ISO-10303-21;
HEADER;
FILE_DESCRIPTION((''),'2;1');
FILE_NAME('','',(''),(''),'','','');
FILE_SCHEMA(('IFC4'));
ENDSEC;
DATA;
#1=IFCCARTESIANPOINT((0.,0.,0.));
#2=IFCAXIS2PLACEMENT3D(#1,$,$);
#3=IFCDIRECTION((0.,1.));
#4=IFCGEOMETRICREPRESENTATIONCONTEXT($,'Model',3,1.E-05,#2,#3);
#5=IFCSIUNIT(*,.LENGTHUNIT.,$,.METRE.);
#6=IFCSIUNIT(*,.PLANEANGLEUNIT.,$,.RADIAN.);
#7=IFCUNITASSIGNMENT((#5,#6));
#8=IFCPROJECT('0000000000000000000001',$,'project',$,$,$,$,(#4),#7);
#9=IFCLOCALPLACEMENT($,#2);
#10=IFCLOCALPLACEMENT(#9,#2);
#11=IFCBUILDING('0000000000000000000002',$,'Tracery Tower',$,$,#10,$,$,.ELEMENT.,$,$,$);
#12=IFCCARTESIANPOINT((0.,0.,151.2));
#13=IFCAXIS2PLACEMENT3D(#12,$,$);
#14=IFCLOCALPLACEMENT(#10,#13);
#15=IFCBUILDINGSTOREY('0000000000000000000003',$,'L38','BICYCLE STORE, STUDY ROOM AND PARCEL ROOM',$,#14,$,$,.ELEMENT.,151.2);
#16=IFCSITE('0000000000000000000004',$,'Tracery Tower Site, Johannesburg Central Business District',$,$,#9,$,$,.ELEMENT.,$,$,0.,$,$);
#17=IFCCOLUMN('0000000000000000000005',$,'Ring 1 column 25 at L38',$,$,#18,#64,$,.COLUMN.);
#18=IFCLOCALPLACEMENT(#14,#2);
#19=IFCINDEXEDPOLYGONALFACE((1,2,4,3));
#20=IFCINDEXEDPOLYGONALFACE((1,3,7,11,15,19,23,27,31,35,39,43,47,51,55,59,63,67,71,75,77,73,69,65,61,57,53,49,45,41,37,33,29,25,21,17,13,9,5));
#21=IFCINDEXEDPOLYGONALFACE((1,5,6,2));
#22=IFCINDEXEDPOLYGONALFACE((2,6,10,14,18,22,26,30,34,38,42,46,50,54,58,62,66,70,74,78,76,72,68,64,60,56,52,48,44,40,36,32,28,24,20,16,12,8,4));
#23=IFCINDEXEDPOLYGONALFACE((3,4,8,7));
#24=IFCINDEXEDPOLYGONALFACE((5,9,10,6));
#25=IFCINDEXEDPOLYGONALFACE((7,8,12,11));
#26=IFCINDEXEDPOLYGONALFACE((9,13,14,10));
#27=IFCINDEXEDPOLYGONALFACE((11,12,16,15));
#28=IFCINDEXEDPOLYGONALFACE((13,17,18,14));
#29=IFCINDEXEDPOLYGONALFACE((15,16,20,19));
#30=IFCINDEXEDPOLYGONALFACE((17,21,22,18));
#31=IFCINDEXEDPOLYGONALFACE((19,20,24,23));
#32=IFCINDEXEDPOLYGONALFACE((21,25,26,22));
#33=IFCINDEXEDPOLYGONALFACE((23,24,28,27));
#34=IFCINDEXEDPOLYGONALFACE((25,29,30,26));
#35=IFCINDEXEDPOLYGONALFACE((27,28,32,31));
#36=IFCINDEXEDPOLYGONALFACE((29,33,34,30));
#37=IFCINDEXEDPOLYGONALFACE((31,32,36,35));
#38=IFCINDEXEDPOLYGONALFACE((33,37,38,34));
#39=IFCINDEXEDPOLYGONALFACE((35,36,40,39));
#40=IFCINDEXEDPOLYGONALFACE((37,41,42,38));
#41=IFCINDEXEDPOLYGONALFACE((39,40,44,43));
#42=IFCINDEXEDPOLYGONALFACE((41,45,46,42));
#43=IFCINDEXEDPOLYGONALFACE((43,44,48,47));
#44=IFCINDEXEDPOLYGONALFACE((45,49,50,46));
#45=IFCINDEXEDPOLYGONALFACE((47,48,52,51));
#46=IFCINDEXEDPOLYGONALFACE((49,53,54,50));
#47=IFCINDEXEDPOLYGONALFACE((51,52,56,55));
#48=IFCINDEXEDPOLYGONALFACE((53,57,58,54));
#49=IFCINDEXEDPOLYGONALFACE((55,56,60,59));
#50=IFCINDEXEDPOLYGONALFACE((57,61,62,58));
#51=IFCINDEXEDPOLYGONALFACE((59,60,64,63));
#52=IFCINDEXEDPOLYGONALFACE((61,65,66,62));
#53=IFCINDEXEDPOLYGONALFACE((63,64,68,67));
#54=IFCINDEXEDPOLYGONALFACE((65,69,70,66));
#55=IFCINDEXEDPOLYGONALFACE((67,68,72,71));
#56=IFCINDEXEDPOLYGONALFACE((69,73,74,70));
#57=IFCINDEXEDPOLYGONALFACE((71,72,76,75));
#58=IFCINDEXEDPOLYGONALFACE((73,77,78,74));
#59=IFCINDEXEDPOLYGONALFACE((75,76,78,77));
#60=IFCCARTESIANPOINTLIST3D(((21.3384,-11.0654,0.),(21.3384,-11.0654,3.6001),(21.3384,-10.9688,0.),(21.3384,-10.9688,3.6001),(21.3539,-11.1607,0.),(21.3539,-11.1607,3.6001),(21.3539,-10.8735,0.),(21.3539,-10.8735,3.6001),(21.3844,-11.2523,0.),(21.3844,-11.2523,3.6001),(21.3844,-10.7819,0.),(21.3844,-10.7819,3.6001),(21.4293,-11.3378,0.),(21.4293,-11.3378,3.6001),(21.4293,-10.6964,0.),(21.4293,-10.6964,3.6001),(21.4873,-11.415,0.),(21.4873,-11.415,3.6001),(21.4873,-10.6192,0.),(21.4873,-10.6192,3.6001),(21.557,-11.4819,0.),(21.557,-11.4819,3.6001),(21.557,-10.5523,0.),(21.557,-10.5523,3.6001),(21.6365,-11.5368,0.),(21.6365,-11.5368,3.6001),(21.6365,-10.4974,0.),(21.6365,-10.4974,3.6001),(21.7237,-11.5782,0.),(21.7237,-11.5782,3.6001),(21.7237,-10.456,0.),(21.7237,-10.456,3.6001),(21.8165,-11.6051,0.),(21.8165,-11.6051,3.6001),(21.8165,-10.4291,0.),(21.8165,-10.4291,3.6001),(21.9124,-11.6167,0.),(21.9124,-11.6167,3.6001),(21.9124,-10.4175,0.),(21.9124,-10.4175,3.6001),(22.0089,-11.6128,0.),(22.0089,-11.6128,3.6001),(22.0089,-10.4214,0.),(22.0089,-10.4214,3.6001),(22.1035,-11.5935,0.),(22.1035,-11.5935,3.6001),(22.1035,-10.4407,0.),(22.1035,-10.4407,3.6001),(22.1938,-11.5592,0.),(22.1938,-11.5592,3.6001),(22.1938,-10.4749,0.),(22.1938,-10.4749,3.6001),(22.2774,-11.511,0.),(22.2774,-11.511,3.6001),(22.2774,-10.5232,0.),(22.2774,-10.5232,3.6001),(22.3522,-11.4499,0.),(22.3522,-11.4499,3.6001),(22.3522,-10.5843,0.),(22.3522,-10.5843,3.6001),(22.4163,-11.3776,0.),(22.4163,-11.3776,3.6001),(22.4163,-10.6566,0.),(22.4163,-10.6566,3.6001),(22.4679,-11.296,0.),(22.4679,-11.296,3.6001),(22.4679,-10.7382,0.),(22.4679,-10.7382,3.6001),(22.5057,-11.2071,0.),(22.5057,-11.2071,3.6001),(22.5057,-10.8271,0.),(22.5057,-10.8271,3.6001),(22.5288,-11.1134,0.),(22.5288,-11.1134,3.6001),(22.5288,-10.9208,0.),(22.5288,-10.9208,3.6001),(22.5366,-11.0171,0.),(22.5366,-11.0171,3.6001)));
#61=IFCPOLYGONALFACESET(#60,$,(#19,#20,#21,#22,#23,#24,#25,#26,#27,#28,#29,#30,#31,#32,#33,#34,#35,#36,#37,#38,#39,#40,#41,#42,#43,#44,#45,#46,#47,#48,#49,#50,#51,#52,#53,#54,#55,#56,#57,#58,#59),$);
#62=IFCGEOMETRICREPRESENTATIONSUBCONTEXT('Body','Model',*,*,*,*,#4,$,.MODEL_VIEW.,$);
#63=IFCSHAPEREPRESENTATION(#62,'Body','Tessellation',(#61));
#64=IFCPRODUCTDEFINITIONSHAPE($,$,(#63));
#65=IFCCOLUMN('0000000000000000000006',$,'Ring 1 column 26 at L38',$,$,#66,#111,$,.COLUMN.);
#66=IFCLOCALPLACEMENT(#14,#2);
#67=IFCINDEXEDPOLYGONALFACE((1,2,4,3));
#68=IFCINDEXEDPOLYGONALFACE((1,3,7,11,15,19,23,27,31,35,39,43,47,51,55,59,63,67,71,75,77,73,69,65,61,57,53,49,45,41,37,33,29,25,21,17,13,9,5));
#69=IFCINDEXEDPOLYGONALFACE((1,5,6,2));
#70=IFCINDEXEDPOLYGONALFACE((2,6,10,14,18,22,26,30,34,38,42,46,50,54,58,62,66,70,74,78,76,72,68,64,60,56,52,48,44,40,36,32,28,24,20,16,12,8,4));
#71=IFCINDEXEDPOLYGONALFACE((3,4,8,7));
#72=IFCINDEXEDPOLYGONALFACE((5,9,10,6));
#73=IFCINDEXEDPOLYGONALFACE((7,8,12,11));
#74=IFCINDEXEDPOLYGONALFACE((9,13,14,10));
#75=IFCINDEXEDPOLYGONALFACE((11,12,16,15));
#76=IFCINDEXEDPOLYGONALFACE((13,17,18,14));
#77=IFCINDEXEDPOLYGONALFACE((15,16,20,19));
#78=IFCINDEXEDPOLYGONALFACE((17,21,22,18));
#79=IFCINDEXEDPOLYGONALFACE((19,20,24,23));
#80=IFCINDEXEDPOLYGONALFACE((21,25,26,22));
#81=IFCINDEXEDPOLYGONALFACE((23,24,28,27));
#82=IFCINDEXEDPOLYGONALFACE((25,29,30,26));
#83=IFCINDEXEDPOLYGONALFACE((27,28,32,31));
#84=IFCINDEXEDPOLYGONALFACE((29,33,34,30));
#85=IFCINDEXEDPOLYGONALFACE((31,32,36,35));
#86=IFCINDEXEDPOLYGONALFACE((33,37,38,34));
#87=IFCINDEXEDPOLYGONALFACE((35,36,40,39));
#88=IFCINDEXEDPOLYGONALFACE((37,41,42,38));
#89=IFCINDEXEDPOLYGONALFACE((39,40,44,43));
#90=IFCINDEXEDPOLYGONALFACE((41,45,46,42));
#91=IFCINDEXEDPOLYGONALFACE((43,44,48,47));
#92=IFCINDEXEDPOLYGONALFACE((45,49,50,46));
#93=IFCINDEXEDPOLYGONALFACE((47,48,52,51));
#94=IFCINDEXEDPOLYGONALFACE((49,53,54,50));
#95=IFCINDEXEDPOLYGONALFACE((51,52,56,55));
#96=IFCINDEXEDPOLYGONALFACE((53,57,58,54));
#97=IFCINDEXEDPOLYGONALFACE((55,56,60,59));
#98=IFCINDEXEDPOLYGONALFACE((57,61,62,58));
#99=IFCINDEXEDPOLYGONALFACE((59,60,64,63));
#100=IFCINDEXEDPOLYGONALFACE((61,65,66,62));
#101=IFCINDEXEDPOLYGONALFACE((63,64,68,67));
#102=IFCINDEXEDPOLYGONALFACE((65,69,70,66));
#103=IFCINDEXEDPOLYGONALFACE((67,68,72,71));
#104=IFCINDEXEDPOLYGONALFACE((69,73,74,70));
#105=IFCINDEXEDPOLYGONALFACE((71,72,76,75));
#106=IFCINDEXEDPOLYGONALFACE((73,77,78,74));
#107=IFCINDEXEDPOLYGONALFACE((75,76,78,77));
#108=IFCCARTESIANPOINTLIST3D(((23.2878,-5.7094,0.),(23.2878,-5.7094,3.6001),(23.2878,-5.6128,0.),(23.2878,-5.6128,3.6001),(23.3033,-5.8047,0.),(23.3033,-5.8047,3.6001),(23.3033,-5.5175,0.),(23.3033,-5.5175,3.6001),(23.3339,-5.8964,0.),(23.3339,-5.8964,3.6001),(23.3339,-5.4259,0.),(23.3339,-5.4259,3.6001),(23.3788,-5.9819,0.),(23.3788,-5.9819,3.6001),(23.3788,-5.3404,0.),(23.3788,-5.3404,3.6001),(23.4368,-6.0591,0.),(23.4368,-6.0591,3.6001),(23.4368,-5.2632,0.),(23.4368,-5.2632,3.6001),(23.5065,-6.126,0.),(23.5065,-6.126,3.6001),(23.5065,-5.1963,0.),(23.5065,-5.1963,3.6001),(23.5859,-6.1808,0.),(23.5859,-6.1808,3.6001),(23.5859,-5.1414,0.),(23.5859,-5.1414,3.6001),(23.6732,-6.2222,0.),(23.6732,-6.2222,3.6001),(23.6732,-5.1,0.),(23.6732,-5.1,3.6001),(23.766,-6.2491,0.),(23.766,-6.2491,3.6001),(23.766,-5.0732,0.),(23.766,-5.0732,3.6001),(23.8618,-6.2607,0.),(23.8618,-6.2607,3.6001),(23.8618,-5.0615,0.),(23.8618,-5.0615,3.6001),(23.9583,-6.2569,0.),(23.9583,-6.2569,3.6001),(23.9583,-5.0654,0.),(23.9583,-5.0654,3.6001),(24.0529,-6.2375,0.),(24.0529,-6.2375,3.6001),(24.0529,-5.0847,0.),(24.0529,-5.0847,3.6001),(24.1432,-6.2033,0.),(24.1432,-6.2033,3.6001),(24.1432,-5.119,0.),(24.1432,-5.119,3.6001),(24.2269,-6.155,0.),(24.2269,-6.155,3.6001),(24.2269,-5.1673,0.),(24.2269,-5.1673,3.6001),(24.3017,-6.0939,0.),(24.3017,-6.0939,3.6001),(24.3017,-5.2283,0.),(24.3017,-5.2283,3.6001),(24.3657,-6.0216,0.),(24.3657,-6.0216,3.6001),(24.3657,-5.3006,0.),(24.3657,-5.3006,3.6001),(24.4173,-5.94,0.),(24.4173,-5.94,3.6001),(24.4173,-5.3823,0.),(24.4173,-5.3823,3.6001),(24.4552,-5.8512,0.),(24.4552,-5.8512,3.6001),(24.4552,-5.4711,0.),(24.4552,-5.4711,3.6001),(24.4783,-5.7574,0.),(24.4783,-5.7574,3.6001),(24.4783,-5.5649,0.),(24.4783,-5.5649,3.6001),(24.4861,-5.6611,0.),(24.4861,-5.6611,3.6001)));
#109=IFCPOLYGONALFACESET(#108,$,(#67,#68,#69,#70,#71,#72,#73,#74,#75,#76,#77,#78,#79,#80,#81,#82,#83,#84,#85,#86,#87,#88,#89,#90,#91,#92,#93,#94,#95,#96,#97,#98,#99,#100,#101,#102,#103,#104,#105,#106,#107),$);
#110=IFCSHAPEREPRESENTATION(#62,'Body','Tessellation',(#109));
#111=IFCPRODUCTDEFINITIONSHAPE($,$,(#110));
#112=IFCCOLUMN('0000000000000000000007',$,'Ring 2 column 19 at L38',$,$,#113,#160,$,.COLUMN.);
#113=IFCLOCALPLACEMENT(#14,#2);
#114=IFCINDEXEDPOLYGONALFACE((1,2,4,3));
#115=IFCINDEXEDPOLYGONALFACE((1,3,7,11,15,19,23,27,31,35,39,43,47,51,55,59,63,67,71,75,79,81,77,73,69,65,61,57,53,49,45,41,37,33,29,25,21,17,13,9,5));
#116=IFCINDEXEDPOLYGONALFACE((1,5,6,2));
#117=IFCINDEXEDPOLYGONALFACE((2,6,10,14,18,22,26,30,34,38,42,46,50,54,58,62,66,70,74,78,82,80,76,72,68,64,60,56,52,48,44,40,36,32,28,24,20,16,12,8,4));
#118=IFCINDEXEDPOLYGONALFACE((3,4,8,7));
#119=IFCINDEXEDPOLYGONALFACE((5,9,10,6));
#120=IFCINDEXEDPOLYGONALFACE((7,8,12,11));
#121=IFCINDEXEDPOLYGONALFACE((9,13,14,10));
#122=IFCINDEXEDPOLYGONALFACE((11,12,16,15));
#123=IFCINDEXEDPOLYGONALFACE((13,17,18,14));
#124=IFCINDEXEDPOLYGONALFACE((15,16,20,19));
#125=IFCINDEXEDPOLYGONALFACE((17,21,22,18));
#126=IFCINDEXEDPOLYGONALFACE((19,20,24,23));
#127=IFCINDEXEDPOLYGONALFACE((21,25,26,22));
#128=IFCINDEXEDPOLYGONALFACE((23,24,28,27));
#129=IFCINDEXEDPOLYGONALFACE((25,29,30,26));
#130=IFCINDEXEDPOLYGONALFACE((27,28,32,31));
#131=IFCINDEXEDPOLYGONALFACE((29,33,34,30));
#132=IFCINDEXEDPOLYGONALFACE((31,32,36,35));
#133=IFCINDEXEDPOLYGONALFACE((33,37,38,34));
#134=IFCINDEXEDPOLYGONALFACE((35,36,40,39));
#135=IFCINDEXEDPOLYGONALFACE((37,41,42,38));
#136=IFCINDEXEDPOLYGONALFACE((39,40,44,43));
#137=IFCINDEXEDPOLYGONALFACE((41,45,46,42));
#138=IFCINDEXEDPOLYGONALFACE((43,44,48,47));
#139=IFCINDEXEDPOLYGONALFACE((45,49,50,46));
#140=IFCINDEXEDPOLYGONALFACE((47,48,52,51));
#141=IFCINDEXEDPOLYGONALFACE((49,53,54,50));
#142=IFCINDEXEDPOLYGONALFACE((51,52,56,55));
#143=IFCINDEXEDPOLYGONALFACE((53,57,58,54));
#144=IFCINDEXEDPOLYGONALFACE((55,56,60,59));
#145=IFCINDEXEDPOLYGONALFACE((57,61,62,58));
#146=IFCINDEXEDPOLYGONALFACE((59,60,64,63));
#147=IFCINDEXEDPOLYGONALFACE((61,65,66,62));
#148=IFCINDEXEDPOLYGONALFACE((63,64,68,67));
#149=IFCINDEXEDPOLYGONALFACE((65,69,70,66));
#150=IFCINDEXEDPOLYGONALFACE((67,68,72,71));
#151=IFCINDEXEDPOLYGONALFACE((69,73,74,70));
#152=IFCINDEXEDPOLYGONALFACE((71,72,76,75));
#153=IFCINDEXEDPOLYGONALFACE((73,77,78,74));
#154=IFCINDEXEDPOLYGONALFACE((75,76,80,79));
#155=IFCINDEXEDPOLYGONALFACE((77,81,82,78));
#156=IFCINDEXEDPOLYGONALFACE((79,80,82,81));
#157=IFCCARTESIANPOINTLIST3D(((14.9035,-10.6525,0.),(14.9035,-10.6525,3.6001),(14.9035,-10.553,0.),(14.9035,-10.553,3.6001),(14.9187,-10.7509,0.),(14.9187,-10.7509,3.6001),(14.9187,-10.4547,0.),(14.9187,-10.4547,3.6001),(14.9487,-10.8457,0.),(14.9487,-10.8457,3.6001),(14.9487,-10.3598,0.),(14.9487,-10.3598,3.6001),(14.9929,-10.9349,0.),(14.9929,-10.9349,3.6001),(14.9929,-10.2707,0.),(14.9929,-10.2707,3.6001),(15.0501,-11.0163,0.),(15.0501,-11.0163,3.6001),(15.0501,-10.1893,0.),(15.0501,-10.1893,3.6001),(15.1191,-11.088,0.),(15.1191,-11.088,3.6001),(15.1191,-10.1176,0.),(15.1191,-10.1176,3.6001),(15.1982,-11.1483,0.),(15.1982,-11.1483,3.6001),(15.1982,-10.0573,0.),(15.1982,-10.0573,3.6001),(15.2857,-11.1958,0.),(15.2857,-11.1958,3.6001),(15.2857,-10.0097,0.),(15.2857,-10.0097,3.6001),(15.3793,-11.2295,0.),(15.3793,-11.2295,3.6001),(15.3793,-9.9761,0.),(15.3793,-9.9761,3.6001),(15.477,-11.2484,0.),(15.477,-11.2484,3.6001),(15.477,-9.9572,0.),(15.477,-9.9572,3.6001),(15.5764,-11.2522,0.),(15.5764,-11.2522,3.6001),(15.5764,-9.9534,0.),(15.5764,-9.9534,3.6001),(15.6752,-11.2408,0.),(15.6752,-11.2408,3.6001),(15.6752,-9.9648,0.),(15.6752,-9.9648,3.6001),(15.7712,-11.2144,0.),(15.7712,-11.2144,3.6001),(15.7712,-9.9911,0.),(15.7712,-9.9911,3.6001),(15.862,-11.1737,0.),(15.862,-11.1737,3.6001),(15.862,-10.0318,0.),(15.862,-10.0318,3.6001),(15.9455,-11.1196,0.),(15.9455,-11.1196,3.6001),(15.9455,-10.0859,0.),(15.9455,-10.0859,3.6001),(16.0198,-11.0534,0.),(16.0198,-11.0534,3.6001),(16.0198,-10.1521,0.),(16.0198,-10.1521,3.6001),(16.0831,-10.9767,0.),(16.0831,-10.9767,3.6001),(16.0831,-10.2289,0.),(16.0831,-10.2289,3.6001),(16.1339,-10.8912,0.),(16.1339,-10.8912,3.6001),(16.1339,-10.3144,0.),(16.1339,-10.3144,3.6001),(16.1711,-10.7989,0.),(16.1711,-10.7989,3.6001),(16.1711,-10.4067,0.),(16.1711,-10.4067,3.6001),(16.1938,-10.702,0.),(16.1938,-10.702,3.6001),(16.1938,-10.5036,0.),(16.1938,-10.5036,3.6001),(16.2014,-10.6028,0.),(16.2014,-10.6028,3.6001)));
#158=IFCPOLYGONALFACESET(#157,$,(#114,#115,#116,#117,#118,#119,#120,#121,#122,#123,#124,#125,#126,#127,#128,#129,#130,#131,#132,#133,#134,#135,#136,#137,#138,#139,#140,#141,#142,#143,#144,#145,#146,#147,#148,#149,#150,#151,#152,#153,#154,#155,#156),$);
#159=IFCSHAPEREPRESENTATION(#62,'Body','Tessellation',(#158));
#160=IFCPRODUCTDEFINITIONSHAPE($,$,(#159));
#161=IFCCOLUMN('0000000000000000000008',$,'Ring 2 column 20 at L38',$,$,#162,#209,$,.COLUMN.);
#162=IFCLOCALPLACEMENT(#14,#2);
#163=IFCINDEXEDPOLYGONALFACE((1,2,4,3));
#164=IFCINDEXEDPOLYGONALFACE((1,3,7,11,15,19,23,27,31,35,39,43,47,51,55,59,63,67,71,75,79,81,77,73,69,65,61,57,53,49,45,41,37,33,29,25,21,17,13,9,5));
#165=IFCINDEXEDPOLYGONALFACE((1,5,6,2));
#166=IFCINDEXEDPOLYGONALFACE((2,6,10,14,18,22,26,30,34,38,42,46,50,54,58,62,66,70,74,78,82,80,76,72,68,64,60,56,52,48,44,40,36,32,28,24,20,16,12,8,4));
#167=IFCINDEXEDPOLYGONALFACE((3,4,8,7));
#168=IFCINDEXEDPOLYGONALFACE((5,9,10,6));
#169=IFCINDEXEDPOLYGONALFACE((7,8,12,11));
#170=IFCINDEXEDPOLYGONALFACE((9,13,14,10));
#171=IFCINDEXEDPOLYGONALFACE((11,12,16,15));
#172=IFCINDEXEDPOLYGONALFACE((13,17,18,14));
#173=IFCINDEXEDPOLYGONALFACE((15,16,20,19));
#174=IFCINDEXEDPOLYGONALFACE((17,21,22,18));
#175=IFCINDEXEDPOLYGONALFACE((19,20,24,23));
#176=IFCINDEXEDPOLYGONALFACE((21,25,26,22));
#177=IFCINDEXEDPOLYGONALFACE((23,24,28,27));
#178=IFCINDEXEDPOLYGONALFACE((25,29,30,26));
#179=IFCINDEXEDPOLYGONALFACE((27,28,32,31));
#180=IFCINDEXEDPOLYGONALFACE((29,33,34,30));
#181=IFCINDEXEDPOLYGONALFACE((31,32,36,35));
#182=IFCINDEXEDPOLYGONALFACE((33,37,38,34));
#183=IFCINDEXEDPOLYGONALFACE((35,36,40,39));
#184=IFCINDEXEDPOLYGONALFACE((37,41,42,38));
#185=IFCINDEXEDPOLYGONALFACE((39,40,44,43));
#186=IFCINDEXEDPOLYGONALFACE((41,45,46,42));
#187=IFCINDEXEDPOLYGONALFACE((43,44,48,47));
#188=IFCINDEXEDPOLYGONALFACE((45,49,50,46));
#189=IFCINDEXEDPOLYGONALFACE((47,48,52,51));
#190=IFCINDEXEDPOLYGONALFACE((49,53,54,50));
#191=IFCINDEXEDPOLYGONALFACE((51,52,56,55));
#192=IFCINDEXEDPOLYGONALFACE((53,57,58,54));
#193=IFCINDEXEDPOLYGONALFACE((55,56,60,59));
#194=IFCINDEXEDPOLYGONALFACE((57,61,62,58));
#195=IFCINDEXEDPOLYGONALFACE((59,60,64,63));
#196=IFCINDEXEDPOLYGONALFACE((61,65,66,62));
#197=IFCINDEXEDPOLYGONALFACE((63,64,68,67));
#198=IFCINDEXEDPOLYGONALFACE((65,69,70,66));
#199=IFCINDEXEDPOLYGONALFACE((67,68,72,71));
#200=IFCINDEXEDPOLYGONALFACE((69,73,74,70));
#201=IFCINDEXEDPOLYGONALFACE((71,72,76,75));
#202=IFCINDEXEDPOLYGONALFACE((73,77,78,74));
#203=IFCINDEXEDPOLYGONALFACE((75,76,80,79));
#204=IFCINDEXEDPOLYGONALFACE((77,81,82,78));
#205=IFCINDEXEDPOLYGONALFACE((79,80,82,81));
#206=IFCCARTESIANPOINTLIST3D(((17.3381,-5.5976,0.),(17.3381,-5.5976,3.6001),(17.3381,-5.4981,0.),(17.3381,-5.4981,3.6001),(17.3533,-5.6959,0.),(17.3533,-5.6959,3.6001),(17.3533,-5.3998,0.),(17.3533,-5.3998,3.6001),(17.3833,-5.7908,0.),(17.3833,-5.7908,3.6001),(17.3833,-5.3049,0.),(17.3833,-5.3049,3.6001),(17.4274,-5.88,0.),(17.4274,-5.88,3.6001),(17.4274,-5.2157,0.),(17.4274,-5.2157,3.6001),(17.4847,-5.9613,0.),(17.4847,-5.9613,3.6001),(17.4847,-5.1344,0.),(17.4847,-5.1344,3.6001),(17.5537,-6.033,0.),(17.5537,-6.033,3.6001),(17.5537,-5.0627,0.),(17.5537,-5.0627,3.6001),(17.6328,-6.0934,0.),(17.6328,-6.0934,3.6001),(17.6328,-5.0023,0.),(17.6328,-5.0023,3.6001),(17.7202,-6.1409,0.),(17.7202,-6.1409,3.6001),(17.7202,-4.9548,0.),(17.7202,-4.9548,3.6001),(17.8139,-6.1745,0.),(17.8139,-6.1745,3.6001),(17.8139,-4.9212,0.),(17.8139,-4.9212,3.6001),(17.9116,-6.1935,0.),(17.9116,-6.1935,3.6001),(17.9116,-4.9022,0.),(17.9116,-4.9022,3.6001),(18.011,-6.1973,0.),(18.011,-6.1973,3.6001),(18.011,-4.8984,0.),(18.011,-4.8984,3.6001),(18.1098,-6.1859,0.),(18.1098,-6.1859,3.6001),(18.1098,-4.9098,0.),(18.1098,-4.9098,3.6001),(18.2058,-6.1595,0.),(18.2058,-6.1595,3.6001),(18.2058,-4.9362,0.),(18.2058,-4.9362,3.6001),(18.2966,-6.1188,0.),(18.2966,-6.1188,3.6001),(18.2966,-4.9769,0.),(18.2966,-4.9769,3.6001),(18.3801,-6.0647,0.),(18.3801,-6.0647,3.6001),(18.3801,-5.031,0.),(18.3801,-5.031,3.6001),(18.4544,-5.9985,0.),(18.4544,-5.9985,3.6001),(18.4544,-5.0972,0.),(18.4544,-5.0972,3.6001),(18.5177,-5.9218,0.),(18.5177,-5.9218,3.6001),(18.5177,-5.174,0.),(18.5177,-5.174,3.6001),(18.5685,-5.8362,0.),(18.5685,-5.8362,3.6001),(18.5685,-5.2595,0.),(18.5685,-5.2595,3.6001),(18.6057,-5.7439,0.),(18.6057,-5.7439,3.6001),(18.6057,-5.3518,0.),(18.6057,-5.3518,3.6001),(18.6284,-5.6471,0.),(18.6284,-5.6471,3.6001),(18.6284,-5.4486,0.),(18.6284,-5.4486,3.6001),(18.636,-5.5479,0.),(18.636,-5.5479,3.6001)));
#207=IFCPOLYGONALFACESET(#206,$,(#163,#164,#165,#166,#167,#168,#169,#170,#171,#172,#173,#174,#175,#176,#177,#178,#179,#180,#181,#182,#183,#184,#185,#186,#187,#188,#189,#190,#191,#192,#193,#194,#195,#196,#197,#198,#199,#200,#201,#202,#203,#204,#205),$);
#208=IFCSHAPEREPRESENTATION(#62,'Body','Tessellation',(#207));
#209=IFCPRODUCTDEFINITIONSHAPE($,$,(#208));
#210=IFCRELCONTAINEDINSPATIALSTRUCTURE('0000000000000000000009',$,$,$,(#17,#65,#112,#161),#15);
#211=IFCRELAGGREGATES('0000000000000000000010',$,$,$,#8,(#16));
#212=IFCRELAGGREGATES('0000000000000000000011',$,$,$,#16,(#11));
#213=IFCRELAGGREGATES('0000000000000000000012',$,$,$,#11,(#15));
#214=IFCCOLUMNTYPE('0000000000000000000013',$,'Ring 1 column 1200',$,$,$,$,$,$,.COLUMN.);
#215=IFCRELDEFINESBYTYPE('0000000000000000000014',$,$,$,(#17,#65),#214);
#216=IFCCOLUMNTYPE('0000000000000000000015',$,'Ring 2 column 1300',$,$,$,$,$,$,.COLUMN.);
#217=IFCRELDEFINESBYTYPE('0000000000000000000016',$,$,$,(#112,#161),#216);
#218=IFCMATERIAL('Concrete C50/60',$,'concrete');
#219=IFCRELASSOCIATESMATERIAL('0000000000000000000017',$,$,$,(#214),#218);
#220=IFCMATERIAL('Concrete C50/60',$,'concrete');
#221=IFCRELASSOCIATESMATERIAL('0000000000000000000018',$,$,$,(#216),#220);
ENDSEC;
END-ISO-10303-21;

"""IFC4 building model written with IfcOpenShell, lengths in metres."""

from ifc_helpers import new_model, si_unit, direction, frame, origin, origin_2d, place, context, subcontext, project, spatial, circle, extrude, material, material_profile, profile_set, type_object, element, save


model = new_model("IFC4")

# Units and contexts
model_context = context("Model", 3, precision=1e-05, world=origin(), true_north=direction((0.0, 1.0)))
body_context = subcontext(model_context, "Body", "Model", "MODEL_VIEW")
ifc_project = project(units=[si_unit("LENGTHUNIT", "METRE"), si_unit("PLANEANGLEUNIT", "RADIAN")], contexts=[model_context])

# Site, building, storey
site_placement = place(None, origin())
site = spatial("IfcSite", under=ifc_project, at=site_placement, Name="Tracery Tower Site, Johannesburg Central Business District", CompositionType="ELEMENT", RefElevation=0.0)
building_placement = place(site_placement, origin())
building = spatial("IfcBuilding", under=site, at=building_placement, Name="Tracery Tower", CompositionType="ELEMENT")
storey_placement = place(building_placement, frame((0.0, 0.0, 151.2)))
storey = spatial("IfcBuildingStorey", under=building, at=storey_placement, Name="L38", Description="BICYCLE STORE, STUDY ROOM AND PARCEL ROOM", CompositionType="ELEMENT", Elevation=151.2)

# Columns
ifc_material_1 = material(Name="Concrete C50/60", Category="concrete")
ifc_material_profile_1 = material_profile(ifc_material_1, circle(Radius=0.6001, at=origin_2d()), Name="RC D1200")
ifc_profile_set_1 = profile_set([ifc_material_profile_1], Name="Concrete C50/60")
column_type_1 = type_object("IfcColumnType", Name="Ring 1 column 1200", PredefinedType="COLUMN", material=ifc_profile_set_1)
for number, where, z_axis, x_axis, name in (
    (1, (21.9365, -11.0171, 0.0), (0.0, 0.0, 1.0), (1.0, 0.0, 0.0), "Ring 1 column 25 at L38"),
    (2, (23.886, -5.6611, 0.0), (0.0, 0.0, 1.0), (1.0, 0.0, 0.0), "Ring 1 column 26 at L38"),
):
    element("IfcColumn", number, at=place(storey_placement, frame(where, z_axis=z_axis, x_axis=x_axis)), inside=storey, type_object=column_type_1, Name=name, PredefinedType="COLUMN", context=body_context, shape_type="SweptSolid", body=[
        extrude(circle(Radius=0.6001, at=origin_2d()), origin(), (0.0, 0.0, 1.0), 3.6001),
    ])
ifc_material_2 = material(Name="Concrete C50/60", Category="concrete")
ifc_material_profile_2 = material_profile(ifc_material_2, circle(Radius=0.6499, at=origin_2d()), Name="RC D1300")
ifc_profile_set_2 = profile_set([ifc_material_profile_2], Name="Concrete C50/60")
column_type_2 = type_object("IfcColumnType", Name="Ring 2 column 1300", PredefinedType="COLUMN", material=ifc_profile_set_2)
for number, where, z_axis, x_axis, name in (
    (3, (15.5515, -10.6028, 0.0), (0.0, 0.0, 1.0), (1.0, 0.0, 0.0), "Ring 2 column 19 at L38"),
    (4, (17.9861, -5.5479, 0.0), (0.0, 0.0, 1.0), (1.0, 0.0, 0.0), "Ring 2 column 20 at L38"),
):
    element("IfcColumn", number, at=place(storey_placement, frame(where, z_axis=z_axis, x_axis=x_axis)), inside=storey, type_object=column_type_2, Name=name, PredefinedType="COLUMN", context=body_context, shape_type="SweptSolid", body=[
        extrude(circle(Radius=0.6499, at=origin_2d()), origin(), (0.0, 0.0, 1.0), 3.6001),
    ])

save(model, "model.ifc")
